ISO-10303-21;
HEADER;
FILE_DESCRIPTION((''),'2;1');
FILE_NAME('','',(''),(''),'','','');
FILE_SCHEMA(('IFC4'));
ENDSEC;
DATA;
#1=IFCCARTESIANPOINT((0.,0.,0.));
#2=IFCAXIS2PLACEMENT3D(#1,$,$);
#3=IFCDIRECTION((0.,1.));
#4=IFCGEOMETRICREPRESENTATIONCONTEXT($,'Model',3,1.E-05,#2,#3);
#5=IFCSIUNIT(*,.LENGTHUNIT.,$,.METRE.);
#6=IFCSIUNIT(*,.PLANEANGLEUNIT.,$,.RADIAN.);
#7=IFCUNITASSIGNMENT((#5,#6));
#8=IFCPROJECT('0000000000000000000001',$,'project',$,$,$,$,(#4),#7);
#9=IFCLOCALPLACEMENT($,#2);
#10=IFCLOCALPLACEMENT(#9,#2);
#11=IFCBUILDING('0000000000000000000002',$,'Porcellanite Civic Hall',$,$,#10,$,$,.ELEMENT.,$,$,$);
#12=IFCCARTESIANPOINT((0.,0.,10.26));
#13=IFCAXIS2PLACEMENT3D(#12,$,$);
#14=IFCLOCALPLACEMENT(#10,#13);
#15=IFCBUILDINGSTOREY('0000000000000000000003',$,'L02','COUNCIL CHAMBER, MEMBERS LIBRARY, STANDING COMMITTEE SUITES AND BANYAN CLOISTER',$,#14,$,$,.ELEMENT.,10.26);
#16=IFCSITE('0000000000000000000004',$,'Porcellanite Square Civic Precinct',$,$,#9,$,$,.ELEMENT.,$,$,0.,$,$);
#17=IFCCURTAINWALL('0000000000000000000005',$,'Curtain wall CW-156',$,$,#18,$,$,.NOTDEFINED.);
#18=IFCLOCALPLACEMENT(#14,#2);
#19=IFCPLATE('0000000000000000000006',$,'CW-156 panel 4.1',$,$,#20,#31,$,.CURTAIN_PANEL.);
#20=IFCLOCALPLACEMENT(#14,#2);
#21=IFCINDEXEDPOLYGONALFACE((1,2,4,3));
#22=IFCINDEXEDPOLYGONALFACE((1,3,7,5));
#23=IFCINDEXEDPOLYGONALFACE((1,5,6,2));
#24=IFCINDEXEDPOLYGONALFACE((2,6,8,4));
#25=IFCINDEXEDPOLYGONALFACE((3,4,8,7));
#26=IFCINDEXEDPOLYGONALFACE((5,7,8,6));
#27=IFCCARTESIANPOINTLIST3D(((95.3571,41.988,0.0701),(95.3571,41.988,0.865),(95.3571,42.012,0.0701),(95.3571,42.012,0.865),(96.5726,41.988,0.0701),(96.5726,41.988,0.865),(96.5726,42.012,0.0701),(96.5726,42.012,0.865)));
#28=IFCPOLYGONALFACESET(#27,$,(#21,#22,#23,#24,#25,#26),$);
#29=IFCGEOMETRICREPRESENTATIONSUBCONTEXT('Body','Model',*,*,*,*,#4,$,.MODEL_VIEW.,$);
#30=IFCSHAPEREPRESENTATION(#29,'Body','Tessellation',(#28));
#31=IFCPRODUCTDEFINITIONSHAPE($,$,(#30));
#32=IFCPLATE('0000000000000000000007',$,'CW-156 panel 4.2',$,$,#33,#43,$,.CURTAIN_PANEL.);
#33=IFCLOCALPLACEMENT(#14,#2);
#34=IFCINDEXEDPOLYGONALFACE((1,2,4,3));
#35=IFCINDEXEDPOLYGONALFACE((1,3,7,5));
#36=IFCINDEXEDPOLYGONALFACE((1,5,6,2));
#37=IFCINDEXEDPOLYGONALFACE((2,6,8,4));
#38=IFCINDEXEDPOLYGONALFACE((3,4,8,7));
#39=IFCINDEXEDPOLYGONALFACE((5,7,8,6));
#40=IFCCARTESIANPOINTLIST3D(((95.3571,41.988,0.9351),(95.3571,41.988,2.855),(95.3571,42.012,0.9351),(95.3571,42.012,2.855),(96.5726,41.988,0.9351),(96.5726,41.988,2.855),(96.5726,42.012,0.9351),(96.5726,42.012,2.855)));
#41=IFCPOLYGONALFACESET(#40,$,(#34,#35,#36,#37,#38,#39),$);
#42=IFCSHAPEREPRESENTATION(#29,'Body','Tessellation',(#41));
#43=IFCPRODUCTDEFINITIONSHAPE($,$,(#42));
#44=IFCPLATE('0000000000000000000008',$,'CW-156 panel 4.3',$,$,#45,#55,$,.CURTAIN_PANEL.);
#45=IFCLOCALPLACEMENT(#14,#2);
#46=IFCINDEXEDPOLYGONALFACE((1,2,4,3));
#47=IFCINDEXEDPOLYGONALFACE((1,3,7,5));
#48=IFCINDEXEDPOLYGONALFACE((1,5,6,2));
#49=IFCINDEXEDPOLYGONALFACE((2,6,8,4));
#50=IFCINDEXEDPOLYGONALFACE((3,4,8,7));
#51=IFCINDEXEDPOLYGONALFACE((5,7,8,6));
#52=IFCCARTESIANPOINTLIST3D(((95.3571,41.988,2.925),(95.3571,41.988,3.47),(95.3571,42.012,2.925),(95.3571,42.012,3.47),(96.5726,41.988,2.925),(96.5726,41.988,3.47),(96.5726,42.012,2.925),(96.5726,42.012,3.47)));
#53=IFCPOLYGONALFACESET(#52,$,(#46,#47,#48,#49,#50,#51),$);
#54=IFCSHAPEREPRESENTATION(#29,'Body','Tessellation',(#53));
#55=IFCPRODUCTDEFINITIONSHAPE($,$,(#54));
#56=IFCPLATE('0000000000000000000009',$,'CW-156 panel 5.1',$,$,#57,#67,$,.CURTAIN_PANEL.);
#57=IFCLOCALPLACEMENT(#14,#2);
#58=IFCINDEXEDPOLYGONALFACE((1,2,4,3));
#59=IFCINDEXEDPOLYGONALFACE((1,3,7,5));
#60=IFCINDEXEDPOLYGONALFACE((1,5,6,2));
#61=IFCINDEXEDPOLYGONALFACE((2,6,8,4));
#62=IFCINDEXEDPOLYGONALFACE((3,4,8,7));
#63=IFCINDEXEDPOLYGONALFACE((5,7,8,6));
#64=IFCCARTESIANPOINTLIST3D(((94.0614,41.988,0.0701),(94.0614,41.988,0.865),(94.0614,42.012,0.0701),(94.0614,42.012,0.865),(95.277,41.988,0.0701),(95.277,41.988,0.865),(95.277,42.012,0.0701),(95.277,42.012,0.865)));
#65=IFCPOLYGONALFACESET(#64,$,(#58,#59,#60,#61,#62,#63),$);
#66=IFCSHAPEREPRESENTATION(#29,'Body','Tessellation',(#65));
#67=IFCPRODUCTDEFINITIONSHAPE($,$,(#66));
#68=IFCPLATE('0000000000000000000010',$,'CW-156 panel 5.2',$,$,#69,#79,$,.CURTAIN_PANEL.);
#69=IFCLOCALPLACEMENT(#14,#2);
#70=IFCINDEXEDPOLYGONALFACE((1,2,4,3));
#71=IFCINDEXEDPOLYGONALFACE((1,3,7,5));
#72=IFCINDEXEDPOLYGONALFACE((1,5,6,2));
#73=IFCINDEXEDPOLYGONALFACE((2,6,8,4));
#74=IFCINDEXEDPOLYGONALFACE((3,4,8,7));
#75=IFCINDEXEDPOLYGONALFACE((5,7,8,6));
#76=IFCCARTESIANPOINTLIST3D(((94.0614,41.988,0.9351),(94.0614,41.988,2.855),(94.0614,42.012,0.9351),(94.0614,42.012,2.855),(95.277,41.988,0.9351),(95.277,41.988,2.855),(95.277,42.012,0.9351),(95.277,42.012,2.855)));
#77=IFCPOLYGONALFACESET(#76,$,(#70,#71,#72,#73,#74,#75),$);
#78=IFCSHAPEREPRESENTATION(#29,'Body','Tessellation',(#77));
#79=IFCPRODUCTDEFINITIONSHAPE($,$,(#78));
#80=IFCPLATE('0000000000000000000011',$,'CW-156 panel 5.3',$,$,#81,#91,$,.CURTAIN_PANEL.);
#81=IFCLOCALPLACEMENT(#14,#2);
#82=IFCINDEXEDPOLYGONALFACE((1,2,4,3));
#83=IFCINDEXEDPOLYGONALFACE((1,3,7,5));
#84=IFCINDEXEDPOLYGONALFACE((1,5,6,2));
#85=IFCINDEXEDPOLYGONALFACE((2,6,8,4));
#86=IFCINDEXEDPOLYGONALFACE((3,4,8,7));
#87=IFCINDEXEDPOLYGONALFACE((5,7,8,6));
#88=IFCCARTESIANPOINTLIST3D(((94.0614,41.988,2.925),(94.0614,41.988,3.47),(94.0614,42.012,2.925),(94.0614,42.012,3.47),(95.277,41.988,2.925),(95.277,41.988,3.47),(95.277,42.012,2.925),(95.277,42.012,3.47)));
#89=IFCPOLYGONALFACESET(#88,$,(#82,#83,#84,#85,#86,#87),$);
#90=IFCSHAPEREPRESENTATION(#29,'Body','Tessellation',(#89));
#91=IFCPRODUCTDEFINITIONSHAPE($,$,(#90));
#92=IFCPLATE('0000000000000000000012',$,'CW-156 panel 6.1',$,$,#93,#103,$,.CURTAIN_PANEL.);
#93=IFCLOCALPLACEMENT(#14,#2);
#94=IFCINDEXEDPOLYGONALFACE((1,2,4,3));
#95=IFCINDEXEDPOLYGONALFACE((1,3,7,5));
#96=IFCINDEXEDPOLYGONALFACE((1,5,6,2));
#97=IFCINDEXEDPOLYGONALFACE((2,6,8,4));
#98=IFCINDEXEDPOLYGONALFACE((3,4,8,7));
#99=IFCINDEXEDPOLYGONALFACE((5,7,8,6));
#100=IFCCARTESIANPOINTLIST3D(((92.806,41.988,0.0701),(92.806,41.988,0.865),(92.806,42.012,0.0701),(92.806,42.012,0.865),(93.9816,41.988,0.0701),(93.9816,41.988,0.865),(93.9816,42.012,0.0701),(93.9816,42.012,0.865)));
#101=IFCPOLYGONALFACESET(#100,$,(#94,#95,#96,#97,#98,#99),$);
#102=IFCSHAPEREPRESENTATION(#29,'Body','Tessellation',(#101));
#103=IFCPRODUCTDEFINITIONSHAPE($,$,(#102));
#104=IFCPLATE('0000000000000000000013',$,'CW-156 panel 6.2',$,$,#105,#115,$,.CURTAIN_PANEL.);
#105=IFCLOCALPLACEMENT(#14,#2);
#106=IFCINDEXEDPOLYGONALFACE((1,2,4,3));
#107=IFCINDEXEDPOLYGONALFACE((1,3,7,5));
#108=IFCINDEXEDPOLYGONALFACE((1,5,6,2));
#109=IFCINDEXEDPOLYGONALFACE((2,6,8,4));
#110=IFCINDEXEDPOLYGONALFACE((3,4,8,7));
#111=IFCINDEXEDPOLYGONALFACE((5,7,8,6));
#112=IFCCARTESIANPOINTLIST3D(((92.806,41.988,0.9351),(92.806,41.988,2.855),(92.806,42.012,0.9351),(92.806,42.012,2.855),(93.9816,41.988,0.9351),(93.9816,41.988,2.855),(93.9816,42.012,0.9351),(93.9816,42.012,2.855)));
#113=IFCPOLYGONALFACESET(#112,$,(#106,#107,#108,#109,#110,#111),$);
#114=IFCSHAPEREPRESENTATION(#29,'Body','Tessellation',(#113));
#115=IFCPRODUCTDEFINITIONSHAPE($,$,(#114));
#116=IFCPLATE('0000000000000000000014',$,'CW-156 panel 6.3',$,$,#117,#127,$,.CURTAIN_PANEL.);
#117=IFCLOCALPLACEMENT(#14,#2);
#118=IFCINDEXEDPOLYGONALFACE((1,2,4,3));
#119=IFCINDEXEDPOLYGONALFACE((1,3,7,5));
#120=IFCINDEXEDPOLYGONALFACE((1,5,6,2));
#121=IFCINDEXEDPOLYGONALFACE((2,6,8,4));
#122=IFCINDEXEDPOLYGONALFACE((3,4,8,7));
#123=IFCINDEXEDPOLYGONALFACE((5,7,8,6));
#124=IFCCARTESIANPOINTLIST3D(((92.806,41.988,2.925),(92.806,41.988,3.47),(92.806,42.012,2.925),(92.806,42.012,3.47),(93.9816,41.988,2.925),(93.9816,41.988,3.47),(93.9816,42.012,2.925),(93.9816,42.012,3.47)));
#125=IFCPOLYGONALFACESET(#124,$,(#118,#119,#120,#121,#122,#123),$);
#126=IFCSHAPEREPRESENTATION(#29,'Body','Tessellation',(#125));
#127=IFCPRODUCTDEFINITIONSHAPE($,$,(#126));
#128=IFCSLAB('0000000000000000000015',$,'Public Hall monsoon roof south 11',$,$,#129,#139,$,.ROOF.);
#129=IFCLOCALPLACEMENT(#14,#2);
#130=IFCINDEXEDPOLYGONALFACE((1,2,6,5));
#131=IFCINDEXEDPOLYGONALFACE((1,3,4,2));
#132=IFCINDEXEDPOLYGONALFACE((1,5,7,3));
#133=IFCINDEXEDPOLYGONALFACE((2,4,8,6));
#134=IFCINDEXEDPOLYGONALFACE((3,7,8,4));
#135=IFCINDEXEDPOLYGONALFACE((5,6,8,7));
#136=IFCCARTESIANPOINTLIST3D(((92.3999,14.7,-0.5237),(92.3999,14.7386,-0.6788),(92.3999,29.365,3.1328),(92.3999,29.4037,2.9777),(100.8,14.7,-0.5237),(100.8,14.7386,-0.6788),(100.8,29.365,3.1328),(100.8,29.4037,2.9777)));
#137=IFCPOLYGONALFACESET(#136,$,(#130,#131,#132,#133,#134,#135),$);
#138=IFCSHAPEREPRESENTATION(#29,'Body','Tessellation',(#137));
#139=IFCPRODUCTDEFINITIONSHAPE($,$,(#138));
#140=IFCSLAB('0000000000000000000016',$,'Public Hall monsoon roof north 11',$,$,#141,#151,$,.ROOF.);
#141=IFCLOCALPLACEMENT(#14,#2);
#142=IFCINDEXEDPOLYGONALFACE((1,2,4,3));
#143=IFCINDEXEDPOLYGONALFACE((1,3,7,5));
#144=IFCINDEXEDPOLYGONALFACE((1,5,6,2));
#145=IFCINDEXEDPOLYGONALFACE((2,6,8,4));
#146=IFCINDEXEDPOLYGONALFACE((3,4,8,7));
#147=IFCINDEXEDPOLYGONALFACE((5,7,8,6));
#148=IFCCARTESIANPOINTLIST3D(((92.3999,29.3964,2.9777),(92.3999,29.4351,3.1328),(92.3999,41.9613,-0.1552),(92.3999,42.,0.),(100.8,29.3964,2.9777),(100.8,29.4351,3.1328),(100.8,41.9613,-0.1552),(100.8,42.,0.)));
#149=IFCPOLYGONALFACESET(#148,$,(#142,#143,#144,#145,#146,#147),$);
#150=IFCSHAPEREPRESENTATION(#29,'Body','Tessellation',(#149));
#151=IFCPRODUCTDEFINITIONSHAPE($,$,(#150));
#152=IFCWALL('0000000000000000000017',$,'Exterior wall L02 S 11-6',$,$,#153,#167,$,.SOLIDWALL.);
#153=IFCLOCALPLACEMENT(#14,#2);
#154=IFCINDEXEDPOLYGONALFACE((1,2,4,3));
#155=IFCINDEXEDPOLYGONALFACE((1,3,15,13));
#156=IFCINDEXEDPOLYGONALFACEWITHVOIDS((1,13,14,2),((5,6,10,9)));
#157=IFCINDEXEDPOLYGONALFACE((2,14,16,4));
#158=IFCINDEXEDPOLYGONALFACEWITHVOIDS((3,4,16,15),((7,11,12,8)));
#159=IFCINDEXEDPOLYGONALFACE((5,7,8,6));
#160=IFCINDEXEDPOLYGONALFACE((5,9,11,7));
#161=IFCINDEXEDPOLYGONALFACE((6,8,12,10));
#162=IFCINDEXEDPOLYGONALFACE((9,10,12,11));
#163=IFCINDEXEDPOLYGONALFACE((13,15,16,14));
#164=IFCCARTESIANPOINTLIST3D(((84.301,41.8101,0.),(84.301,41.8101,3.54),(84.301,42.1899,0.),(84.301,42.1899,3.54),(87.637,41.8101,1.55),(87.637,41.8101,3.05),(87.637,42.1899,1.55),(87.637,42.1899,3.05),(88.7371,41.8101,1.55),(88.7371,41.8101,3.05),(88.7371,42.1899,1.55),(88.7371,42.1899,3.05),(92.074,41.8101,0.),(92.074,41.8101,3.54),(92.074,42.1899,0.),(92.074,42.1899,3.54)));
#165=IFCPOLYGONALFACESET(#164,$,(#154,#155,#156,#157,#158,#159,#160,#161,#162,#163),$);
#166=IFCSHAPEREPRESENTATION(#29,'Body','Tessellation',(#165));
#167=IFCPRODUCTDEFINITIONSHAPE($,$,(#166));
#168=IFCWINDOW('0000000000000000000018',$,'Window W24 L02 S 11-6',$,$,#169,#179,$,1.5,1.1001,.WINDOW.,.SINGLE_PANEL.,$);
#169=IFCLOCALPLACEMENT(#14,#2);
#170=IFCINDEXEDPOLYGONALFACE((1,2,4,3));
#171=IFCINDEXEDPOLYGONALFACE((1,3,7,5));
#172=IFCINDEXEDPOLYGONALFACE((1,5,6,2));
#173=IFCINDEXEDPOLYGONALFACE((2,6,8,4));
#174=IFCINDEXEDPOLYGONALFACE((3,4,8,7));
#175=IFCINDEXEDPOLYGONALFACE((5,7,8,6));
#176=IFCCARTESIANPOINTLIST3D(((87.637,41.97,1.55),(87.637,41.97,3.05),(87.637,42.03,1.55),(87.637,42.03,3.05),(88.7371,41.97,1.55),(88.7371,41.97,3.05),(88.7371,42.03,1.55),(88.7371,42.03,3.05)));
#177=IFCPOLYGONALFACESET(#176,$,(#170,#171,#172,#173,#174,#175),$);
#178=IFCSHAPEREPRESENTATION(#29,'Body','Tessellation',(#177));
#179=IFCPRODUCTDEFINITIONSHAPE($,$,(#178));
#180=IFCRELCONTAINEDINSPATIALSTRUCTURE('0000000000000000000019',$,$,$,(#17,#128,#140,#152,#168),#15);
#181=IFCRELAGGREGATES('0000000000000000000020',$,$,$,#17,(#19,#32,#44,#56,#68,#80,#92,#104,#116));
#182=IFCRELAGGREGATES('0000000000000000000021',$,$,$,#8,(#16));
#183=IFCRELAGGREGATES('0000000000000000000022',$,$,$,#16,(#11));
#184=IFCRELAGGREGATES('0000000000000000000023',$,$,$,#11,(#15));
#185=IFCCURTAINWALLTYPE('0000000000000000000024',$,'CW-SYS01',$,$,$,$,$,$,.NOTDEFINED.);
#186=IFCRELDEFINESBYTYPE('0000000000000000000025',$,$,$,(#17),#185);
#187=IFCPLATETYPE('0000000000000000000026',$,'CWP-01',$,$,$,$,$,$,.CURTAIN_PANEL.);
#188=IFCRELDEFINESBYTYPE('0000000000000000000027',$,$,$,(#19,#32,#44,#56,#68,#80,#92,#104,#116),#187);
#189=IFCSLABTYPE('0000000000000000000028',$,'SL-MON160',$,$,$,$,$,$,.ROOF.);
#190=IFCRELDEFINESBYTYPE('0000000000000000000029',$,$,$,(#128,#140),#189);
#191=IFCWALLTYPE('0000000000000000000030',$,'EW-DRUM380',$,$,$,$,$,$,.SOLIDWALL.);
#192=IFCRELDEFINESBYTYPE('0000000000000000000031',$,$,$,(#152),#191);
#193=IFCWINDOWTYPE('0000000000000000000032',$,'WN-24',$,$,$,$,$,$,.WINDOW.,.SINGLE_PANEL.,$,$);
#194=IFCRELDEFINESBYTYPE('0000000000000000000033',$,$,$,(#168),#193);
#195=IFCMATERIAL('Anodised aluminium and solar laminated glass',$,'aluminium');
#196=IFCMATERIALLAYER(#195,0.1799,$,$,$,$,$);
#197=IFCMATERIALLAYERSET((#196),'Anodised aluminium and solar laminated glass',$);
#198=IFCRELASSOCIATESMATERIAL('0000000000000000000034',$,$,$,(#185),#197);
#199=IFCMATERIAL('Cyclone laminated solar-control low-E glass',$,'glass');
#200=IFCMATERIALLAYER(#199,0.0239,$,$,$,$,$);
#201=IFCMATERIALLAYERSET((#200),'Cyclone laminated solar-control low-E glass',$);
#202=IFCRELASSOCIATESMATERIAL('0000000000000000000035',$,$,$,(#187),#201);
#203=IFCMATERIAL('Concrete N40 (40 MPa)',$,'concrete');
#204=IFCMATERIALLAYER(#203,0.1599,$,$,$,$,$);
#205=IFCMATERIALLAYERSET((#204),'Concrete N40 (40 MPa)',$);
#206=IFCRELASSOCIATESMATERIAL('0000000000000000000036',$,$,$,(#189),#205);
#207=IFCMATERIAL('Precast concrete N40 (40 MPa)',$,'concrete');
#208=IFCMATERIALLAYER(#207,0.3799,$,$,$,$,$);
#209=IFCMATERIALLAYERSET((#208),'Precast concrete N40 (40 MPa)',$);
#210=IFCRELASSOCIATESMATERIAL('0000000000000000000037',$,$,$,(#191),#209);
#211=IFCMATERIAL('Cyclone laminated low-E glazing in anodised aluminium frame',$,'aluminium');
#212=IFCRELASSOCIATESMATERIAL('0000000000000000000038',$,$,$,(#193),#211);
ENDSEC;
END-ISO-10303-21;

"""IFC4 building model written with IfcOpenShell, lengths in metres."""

from ifc_helpers import new_model, si_unit, direction, frame, frame_2d, origin, origin_2d, place, context, subcontext, project, spatial, polyline, rectangle, outline, extrude, material, layer, layer_set, type_object, element, fill, aggregate, save


model = new_model("IFC4")

# Units and contexts
model_context = context("Model", 3, precision=1e-05, world=origin(), true_north=direction((0.0, 1.0)))
body_context = subcontext(model_context, "Body", "Model", "MODEL_VIEW")
ifc_project = project(units=[si_unit("LENGTHUNIT", "METRE"), si_unit("PLANEANGLEUNIT", "RADIAN")], contexts=[model_context])

# Site, building, storey
site_placement = place(None, origin())
site = spatial("IfcSite", under=ifc_project, at=site_placement, Name="Porcellanite Square Civic Precinct", CompositionType="ELEMENT", RefElevation=0.0)
building_placement = place(site_placement, origin())
building = spatial("IfcBuilding", under=site, at=building_placement, Name="Porcellanite Civic Hall", CompositionType="ELEMENT")
storey_placement = place(building_placement, frame((0.0, 0.0, 10.26)))
storey = spatial("IfcBuildingStorey", under=building, at=storey_placement, Name="L02", Description="COUNCIL CHAMBER, MEMBERS LIBRARY, STANDING COMMITTEE SUITES AND BANYAN CLOISTER", CompositionType="ELEMENT", Elevation=10.26)

# Curtain wall, plates
ifc_material_1 = material(Name="Anodised aluminium and solar laminated glass", Category="aluminium")
ifc_layer_1 = layer(ifc_material_1, 0.1799)
ifc_layer_set_1 = layer_set([ifc_layer_1], Name="Anodised aluminium and solar laminated glass")
curtain_wall_type = type_object("IfcCurtainWallType", Name="CW-SYS01", PredefinedType="NOTDEFINED", material=ifc_layer_set_1)
curtain_wall_placement = place(storey_placement, origin())
curtain_wall = element("IfcCurtainWall", 1, at=curtain_wall_placement, inside=storey, type_object=curtain_wall_type, Name="Curtain wall CW-156", PredefinedType="NOTDEFINED")
ifc_material_2 = material(Name="Cyclone laminated solar-control low-E glass", Category="glass")
ifc_layer_2 = layer(ifc_material_2, 0.0239)
ifc_layer_set_2 = layer_set([ifc_layer_2], Name="Cyclone laminated solar-control low-E glass")
plate_type = type_object("IfcPlateType", Name="CWP-01", PredefinedType="CURTAIN_PANEL", material=ifc_layer_set_2)
plate_1_placement = place(storey_placement, frame((95.9648, 42.0, 0.0701), z_axis=(0.0, 0.0, 1.0), x_axis=(-1.0, 0.0, 0.0)))
plate_1 = element("IfcPlate", 2, at=plate_1_placement, type_object=plate_type, Name="CW-156 panel 4.1", PredefinedType="CURTAIN_PANEL", context=body_context, shape_type="SweptSolid", body=[
    extrude(rectangle(XDim=1.2156, YDim=0.0239, at=origin_2d()), origin(), (0.0, 0.0, 1.0), 0.7949),
])
plate_2_placement = place(storey_placement, frame((95.9648, 42.0, 0.9351), z_axis=(0.0, 0.0, 1.0), x_axis=(-1.0, 0.0, 0.0)))
plate_2 = element("IfcPlate", 3, at=plate_2_placement, type_object=plate_type, Name="CW-156 panel 4.2", PredefinedType="CURTAIN_PANEL", context=body_context, shape_type="SweptSolid", body=[
    extrude(rectangle(XDim=1.2156, YDim=0.0239, at=origin_2d()), origin(), (0.0, 0.0, 1.0), 1.9199),
])
plate_3_placement = place(storey_placement, frame((95.9648, 42.0, 2.925), z_axis=(0.0, 0.0, 1.0), x_axis=(-1.0, 0.0, 0.0)))
plate_3 = element("IfcPlate", 4, at=plate_3_placement, type_object=plate_type, Name="CW-156 panel 4.3", PredefinedType="CURTAIN_PANEL", context=body_context, shape_type="SweptSolid", body=[
    extrude(rectangle(XDim=1.2156, YDim=0.0239, at=origin_2d()), origin(), (0.0, 0.0, 1.0), 0.5449),
])
plate_4_placement = place(storey_placement, frame((94.6692, 42.0, 0.0701), z_axis=(0.0, 0.0, 1.0), x_axis=(-1.0, 0.0, 0.0)))
plate_4 = element("IfcPlate", 5, at=plate_4_placement, type_object=plate_type, Name="CW-156 panel 5.1", PredefinedType="CURTAIN_PANEL", context=body_context, shape_type="SweptSolid", body=[
    extrude(rectangle(XDim=1.2156, YDim=0.0239, at=origin_2d()), origin(), (0.0, 0.0, 1.0), 0.7949),
])
plate_5_placement = place(storey_placement, frame((94.6692, 42.0, 0.9351), z_axis=(0.0, 0.0, 1.0), x_axis=(-1.0, 0.0, 0.0)))
plate_5 = element("IfcPlate", 6, at=plate_5_placement, type_object=plate_type, Name="CW-156 panel 5.2", PredefinedType="CURTAIN_PANEL", context=body_context, shape_type="SweptSolid", body=[
    extrude(rectangle(XDim=1.2156, YDim=0.0239, at=origin_2d()), origin(), (0.0, 0.0, 1.0), 1.9199),
])
plate_6_placement = place(storey_placement, frame((94.6692, 42.0, 2.925), z_axis=(0.0, 0.0, 1.0), x_axis=(-1.0, 0.0, 0.0)))
plate_6 = element("IfcPlate", 7, at=plate_6_placement, type_object=plate_type, Name="CW-156 panel 5.3", PredefinedType="CURTAIN_PANEL", context=body_context, shape_type="SweptSolid", body=[
    extrude(rectangle(XDim=1.2156, YDim=0.0239, at=origin_2d()), origin(), (0.0, 0.0, 1.0), 0.5449),
])
plate_7_placement = place(storey_placement, frame((93.3938, 42.0, 0.0701), z_axis=(0.0, 0.0, 1.0), x_axis=(-1.0, 0.0, 0.0)))
plate_7 = element("IfcPlate", 8, at=plate_7_placement, type_object=plate_type, Name="CW-156 panel 6.1", PredefinedType="CURTAIN_PANEL", context=body_context, shape_type="SweptSolid", body=[
    extrude(rectangle(XDim=1.1755, YDim=0.0239, at=origin_2d()), origin(), (0.0, 0.0, 1.0), 0.7949),
])
plate_8_placement = place(storey_placement, frame((93.3938, 42.0, 0.9351), z_axis=(0.0, 0.0, 1.0), x_axis=(-1.0, 0.0, 0.0)))
plate_8 = element("IfcPlate", 9, at=plate_8_placement, type_object=plate_type, Name="CW-156 panel 6.2", PredefinedType="CURTAIN_PANEL", context=body_context, shape_type="SweptSolid", body=[
    extrude(rectangle(XDim=1.1755, YDim=0.0239, at=origin_2d()), origin(), (0.0, 0.0, 1.0), 1.9199),
])
plate_9_placement = place(storey_placement, frame((93.3938, 42.0, 2.925), z_axis=(0.0, 0.0, 1.0), x_axis=(-1.0, 0.0, 0.0)))
plate_9 = element("IfcPlate", 10, at=plate_9_placement, type_object=plate_type, Name="CW-156 panel 6.3", PredefinedType="CURTAIN_PANEL", context=body_context, shape_type="SweptSolid", body=[
    extrude(rectangle(XDim=1.1755, YDim=0.0239, at=origin_2d()), origin(), (0.0, 0.0, 1.0), 0.5449),
])
aggregate(curtain_wall, [plate_1, plate_2, plate_3, plate_4, plate_5, plate_6, plate_7, plate_8, plate_9])

# Slabs
ifc_material_3 = material(Name="Concrete N40 (40 MPa)", Category="concrete")
ifc_layer_3 = layer(ifc_material_3, 0.1599)
ifc_layer_set_3 = layer_set([ifc_layer_3], Name="Concrete N40 (40 MPa)")
slab_type = type_object("IfcSlabType", Name="SL-MON160", PredefinedType="ROOF", material=ifc_layer_set_3)
slab_1_placement = place(storey_placement, frame((92.3999, 14.7, -0.5237), z_axis=(0.0, -0.241927, 0.970294), x_axis=(1.0, 0.0, 0.0)))
element("IfcSlab", 11, at=slab_1_placement, inside=storey, type_object=slab_type, Name="Public Hall monsoon roof south 11", PredefinedType="ROOF", context=body_context, shape_type="SweptSolid", body=[
    extrude(outline(polyline([(0.0, 0.0), (8.4001, 0.0), (8.4001, 15.114), (0.0, 15.114), (0.0, 0.0)])), origin(), (0.0, 0.0, -1.0), 0.1599),
])
slab_2_placement = place(storey_placement, frame((92.3999, 29.4351, 3.1328), z_axis=(0.0, 0.241923, 0.970295), x_axis=(1.0, 0.0, 0.0)))
element("IfcSlab", 12, at=slab_2_placement, inside=storey, type_object=slab_type, Name="Public Hall monsoon roof north 11", PredefinedType="ROOF", context=body_context, shape_type="SweptSolid", body=[
    extrude(outline(polyline([(0.0, 0.0), (8.4001, 0.0), (8.4001, 12.9496), (0.0, 12.9496), (0.0, 0.0)])), origin(), (0.0, 0.0, -1.0), 0.1599),
])

# Wall, opening, window
ifc_material_4 = material(Name="Precast concrete N40 (40 MPa)", Category="concrete")
ifc_layer_4 = layer(ifc_material_4, 0.3799)
ifc_layer_set_4 = layer_set([ifc_layer_4], Name="Precast concrete N40 (40 MPa)")
wall_type = type_object("IfcWallType", Name="EW-DRUM380", PredefinedType="SOLIDWALL", material=ifc_layer_set_4)
wall_placement = place(storey_placement, frame((92.074, 42.0, 0.0), z_axis=(0.0, 0.0, 1.0), x_axis=(-1.0, 0.0, 0.0)))
wall = element("IfcWall", 13, at=wall_placement, inside=storey, type_object=wall_type, Name="Exterior wall L02 S 11-6", PredefinedType="SOLIDWALL", context=body_context, shape_type="SweptSolid", body=[
    extrude(rectangle(XDim=7.7729, YDim=0.3799, at=frame_2d((3.8865, 0.0))), origin(), (0.0, 0.0, 1.0), 3.54),
])
opening_placement = place(wall_placement, frame((3.3369, 0.0, 1.55)))
opening = element("IfcOpeningElement", 14, at=opening_placement, cuts=wall, PredefinedType="OPENING", context=body_context, shape_type="SweptSolid", body=[
    extrude(rectangle(XDim=1.1001, YDim=1.5, at=frame_2d((0.55, 0.75))), frame((0.0, 0.1899, 0.0), z_axis=(0.0, -1.0, 0.0), x_axis=(1.0, 0.0, 0.0)), (0.0, 0.0, 1.0), 0.3799),
])
ifc_material_5 = material(Name="Cyclone laminated low-E glazing in anodised aluminium frame", Category="aluminium")
window_type = type_object("IfcWindowType", Name="WN-24", PartitioningType="SINGLE_PANEL", PredefinedType="WINDOW", material=ifc_material_5)
window_placement = place(opening_placement, origin())
window = element("IfcWindow", 15, at=window_placement, inside=storey, type_object=window_type, Name="Window W24 L02 S 11-6", OverallHeight=1.5, OverallWidth=1.1001, PartitioningType="SINGLE_PANEL", PredefinedType="WINDOW", context=body_context, shape_type="SweptSolid", body=[
    extrude(rectangle(XDim=1.1001, YDim=1.5, at=frame_2d((0.55, 0.75))), frame((0.0, 0.03, 0.0), z_axis=(0.0, -1.0, 0.0), x_axis=(1.0, 0.0, 0.0)), (0.0, 0.0, 1.0), 0.0601),
])
fill(opening, window)

save(model, "model.ifc")
